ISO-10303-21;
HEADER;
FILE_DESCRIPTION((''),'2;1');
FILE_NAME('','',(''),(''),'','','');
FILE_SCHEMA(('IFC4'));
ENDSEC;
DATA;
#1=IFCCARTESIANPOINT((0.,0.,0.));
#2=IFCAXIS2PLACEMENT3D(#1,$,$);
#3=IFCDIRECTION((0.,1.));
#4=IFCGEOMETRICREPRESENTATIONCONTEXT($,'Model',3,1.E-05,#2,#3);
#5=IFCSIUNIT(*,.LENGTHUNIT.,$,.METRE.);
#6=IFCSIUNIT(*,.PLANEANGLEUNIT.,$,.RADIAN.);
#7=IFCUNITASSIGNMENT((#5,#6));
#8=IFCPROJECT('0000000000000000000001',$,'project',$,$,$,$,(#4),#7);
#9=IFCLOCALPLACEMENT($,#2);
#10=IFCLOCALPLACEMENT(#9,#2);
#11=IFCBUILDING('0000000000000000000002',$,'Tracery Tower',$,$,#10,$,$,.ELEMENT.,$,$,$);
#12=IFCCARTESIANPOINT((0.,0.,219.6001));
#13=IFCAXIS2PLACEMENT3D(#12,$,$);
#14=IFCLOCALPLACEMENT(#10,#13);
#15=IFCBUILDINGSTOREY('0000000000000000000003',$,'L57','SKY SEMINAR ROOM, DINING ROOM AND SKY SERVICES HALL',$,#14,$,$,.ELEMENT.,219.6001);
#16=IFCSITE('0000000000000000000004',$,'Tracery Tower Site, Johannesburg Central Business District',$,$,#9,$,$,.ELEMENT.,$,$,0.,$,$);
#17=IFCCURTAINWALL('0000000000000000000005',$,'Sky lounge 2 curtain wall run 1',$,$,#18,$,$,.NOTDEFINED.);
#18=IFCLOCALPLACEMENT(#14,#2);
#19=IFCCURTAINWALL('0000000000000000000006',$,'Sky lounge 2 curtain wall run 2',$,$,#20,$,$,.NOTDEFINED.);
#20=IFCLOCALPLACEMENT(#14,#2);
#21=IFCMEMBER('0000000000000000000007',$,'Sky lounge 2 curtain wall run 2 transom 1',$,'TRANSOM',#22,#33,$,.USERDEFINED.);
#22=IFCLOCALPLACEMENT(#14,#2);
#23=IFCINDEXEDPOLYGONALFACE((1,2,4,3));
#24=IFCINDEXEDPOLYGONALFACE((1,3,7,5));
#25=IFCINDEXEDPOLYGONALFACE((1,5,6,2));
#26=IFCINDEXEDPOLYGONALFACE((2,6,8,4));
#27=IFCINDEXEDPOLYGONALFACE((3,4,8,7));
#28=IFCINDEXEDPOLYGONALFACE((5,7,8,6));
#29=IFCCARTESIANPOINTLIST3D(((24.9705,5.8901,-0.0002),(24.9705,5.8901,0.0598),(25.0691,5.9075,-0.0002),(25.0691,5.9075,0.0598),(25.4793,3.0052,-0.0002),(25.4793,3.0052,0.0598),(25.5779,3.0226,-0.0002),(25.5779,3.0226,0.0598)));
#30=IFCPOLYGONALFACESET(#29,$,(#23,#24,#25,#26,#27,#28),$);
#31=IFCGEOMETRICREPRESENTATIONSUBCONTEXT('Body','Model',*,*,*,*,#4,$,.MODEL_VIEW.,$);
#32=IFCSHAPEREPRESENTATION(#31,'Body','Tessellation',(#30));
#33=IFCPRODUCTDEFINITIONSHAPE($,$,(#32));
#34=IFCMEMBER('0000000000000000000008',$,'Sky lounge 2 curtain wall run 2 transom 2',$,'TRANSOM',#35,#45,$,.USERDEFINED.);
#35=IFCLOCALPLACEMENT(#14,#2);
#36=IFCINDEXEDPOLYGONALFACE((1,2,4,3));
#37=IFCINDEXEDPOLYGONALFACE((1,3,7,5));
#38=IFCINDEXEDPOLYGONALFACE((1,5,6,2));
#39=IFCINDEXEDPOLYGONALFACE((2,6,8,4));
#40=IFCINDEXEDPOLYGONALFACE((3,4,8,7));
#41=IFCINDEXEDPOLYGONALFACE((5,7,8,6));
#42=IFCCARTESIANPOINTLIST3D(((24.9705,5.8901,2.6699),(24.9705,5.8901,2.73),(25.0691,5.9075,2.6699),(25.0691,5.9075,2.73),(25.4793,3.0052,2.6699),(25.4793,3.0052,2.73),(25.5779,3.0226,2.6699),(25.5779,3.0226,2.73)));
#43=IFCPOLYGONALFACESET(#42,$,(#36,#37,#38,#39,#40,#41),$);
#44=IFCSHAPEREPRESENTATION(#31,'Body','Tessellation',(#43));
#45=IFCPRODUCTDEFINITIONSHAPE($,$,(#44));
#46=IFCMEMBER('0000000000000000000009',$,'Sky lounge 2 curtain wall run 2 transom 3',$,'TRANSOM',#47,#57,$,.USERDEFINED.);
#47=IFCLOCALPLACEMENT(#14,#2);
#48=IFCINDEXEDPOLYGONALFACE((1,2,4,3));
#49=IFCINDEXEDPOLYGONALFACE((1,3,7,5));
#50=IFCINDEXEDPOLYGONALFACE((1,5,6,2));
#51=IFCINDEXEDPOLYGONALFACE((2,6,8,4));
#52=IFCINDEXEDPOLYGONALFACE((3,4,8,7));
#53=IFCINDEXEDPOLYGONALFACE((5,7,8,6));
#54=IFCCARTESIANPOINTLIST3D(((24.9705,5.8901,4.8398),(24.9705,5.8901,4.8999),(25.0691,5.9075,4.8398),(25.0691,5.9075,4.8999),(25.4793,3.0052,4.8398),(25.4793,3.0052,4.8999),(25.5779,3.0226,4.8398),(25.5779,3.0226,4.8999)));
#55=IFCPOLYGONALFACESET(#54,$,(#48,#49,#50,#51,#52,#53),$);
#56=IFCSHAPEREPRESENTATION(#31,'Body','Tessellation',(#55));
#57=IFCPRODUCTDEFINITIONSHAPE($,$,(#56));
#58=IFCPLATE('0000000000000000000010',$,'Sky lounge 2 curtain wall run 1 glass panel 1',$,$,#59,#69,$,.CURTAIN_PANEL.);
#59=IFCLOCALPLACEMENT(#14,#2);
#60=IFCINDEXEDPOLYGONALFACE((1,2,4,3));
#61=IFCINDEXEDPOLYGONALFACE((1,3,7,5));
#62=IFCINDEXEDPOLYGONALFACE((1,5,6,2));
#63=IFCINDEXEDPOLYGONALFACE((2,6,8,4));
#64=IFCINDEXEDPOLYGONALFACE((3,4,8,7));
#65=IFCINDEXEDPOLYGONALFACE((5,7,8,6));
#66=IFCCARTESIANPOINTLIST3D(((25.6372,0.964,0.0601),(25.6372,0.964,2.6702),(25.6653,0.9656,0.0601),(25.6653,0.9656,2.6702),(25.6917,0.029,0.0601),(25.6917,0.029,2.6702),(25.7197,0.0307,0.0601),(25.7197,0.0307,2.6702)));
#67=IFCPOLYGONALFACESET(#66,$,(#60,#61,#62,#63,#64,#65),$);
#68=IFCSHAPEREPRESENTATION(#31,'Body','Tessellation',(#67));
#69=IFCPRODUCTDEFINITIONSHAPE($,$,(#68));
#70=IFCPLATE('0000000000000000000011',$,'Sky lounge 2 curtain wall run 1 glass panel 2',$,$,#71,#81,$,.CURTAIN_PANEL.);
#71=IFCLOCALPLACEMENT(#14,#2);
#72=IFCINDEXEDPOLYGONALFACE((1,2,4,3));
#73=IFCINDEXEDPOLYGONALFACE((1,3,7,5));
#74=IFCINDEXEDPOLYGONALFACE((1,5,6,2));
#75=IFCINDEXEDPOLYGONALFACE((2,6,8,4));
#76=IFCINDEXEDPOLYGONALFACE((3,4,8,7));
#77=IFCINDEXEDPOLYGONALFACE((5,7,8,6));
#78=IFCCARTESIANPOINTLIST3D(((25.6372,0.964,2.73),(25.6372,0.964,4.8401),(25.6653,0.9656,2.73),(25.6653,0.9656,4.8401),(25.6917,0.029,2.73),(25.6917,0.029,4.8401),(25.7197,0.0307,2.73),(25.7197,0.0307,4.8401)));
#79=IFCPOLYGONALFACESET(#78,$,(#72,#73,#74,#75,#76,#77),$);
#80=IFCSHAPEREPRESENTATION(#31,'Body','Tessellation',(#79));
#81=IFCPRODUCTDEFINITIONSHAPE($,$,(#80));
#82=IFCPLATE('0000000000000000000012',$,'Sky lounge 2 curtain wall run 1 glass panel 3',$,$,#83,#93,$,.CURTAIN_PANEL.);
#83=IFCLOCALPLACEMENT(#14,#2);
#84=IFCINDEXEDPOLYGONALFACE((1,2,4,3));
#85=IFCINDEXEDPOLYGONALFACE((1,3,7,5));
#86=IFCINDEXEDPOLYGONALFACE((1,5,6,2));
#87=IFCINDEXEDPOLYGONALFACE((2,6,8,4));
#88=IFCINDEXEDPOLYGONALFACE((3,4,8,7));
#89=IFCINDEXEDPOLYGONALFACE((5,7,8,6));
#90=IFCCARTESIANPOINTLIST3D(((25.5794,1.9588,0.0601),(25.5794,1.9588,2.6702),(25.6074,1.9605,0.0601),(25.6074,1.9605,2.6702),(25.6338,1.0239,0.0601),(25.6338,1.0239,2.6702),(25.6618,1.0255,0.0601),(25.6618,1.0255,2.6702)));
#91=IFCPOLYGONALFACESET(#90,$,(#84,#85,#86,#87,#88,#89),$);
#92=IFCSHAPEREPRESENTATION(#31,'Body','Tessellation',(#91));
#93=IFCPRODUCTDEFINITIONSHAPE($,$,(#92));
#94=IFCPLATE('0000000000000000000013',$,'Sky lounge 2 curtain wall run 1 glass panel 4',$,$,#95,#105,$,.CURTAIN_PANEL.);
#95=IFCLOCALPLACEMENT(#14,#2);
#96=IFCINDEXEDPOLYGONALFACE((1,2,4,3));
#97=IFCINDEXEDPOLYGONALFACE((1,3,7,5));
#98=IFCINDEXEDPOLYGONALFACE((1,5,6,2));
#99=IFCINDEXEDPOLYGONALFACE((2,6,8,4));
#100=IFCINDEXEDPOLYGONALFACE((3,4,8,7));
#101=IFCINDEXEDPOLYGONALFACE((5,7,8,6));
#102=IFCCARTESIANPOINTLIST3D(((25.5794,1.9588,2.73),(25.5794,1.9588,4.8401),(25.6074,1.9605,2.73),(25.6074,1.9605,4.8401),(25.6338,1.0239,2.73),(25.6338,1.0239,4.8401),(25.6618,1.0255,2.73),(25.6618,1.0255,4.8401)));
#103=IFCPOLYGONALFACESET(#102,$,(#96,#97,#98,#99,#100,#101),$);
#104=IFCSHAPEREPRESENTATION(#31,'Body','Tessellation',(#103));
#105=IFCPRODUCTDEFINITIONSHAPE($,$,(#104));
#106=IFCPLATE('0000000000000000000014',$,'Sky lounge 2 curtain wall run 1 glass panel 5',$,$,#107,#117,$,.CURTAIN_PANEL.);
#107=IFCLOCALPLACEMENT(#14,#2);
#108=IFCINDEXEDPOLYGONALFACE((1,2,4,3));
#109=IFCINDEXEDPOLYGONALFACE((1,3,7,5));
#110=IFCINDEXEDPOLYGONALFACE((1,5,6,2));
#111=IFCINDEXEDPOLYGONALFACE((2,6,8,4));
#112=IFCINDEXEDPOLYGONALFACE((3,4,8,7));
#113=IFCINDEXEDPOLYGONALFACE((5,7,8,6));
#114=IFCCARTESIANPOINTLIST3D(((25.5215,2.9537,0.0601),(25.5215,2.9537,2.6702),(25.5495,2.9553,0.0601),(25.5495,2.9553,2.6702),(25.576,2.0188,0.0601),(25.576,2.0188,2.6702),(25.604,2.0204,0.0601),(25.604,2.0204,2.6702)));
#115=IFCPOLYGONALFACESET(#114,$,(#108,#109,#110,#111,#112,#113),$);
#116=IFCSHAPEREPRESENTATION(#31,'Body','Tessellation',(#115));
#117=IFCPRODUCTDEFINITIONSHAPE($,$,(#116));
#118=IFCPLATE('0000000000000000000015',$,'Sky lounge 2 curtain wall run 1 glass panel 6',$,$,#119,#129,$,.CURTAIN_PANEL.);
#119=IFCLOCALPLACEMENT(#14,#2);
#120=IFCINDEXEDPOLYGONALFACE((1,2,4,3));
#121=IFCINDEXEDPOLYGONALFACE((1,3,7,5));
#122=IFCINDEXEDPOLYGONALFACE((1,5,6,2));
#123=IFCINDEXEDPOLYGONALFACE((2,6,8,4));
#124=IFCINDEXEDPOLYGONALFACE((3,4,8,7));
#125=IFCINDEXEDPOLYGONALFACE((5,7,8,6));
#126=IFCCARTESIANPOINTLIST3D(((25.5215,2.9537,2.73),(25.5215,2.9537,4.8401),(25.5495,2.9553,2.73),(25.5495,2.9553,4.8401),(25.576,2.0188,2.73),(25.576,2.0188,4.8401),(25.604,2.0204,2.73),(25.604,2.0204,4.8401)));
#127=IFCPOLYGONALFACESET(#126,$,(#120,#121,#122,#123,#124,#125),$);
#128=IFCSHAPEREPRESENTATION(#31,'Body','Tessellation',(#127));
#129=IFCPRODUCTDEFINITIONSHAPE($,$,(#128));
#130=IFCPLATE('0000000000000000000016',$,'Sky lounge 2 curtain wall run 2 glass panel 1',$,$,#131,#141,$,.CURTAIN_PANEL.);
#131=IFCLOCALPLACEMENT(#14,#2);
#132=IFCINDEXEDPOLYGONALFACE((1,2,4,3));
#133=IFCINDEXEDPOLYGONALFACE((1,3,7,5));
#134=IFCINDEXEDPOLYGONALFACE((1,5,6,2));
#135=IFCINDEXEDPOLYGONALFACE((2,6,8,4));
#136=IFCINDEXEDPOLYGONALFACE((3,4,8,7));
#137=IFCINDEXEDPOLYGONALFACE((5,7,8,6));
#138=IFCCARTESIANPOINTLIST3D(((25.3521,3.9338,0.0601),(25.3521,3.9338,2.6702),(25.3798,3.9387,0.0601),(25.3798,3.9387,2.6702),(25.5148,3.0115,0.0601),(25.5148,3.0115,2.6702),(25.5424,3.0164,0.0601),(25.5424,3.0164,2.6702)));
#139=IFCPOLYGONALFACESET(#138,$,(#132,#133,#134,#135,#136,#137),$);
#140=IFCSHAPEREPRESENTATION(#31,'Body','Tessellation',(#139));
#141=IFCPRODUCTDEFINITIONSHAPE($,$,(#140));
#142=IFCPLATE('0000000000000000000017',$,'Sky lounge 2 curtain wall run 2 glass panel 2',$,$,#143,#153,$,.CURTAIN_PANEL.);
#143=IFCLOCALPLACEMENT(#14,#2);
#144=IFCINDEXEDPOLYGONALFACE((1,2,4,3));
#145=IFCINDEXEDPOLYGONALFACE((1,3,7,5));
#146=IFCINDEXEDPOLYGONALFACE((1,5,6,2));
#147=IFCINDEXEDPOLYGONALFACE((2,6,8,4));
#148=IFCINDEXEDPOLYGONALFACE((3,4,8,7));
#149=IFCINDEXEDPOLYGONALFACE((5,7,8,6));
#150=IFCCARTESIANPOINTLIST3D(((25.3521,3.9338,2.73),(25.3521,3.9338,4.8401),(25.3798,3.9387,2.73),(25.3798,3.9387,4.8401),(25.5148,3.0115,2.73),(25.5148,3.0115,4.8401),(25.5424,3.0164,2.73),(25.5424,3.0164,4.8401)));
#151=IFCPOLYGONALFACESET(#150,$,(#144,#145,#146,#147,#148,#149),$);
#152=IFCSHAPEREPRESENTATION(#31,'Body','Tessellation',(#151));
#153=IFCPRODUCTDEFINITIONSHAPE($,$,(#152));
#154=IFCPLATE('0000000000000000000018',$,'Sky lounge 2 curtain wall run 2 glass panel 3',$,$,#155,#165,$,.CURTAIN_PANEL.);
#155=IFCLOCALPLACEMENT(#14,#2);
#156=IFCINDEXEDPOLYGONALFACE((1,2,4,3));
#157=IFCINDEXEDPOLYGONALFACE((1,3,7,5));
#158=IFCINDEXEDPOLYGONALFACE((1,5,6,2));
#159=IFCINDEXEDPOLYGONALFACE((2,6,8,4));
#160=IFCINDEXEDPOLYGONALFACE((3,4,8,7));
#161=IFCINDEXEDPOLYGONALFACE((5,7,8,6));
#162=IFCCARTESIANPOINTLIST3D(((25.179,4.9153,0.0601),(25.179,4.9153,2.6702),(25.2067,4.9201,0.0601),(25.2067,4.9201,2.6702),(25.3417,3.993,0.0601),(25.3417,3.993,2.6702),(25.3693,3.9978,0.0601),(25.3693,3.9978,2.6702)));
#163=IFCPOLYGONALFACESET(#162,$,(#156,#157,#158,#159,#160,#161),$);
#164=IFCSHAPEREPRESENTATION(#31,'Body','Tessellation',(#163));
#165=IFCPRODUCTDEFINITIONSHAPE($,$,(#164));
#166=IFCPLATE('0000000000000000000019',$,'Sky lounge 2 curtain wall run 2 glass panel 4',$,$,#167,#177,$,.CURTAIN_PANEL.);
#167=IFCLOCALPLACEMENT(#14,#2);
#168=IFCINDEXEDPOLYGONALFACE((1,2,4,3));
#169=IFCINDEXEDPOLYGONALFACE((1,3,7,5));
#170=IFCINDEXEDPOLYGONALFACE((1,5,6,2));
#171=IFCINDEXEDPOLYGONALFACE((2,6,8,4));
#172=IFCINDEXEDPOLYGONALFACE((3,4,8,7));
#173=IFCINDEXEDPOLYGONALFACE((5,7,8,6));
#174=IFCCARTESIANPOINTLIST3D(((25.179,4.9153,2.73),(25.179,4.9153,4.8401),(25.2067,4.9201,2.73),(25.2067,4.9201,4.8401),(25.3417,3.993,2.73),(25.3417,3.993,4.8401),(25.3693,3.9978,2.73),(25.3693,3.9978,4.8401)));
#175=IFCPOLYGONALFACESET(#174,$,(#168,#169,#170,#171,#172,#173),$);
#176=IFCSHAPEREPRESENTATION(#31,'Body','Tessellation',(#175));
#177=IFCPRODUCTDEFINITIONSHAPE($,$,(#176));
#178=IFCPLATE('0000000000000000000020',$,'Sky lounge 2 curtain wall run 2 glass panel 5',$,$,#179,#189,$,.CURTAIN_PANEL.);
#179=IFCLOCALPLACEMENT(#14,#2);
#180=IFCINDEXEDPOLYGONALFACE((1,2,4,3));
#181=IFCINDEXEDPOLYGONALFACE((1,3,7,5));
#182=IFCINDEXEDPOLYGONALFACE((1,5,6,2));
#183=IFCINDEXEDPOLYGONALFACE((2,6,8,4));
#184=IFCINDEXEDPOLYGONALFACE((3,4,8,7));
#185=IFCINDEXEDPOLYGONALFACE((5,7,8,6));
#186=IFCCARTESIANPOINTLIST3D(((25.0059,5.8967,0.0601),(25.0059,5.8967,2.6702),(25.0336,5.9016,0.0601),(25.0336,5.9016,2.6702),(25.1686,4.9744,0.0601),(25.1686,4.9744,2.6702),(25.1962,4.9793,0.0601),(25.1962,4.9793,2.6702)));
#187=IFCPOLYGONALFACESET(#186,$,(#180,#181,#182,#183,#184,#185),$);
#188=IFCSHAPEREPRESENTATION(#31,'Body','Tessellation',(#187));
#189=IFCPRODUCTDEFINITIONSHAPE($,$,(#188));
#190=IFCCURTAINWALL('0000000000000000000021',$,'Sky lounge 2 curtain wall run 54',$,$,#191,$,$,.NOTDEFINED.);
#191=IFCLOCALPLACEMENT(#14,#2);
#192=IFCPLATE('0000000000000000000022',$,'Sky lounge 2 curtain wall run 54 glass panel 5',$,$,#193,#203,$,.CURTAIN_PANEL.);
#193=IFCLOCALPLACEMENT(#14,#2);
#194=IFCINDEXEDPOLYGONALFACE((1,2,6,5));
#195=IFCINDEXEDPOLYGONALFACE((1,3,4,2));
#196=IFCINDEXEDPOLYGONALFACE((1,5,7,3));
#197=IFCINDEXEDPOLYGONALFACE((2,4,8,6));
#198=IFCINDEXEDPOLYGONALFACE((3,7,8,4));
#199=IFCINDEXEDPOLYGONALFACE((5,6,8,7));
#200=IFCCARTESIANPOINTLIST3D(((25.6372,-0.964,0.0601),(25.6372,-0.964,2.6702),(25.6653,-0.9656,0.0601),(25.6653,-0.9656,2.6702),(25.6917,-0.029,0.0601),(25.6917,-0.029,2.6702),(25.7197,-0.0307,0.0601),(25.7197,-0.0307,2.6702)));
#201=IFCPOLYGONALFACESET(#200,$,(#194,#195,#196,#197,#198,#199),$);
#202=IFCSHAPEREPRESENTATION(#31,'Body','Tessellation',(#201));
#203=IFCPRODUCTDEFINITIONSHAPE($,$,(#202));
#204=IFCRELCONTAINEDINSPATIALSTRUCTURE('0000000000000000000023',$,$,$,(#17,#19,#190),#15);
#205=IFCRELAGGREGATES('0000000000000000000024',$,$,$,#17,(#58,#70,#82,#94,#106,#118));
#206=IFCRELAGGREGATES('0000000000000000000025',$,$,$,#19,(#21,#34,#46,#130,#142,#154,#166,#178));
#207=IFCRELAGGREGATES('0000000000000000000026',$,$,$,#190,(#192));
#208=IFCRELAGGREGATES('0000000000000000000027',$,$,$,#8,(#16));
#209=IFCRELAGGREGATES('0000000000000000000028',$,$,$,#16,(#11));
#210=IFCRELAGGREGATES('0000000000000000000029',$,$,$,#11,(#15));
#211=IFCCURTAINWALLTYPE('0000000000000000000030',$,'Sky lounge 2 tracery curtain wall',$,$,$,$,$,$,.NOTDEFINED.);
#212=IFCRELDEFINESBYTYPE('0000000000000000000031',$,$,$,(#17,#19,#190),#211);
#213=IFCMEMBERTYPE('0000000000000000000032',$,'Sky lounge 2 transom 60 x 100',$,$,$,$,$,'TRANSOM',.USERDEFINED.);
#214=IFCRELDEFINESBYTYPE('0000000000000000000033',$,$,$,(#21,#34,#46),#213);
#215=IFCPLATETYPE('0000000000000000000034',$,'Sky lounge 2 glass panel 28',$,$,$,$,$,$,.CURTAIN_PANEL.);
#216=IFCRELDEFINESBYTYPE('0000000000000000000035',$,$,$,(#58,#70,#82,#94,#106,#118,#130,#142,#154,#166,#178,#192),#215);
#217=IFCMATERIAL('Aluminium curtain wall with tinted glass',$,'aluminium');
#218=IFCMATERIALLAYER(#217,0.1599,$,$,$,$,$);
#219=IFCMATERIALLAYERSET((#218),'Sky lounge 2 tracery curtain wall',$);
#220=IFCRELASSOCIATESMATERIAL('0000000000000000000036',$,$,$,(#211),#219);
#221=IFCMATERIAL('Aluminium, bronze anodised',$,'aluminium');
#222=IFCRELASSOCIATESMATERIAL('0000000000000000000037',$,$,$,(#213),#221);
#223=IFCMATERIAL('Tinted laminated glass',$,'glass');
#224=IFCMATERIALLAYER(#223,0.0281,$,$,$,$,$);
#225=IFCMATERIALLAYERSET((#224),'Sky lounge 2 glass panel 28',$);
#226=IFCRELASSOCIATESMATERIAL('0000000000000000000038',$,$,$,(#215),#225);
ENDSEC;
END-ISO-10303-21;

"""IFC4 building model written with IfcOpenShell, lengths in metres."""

from ifc_helpers import new_model, si_unit, direction, frame, origin, origin_2d, place, context, subcontext, project, spatial, rectangle, extrude, material, layer, layer_set, material_profile, profile_set, type_object, element, aggregate, save


model = new_model("IFC4")

# Units and contexts
model_context = context("Model", 3, precision=1e-05, world=origin(), true_north=direction((0.0, 1.0)))
body_context = subcontext(model_context, "Body", "Model", "MODEL_VIEW")
ifc_project = project(units=[si_unit("LENGTHUNIT", "METRE"), si_unit("PLANEANGLEUNIT", "RADIAN")], contexts=[model_context])

# Site, building, storey
site_placement = place(None, origin())
site = spatial("IfcSite", under=ifc_project, at=site_placement, Name="Tracery Tower Site, Johannesburg Central Business District", CompositionType="ELEMENT", RefElevation=0.0)
building_placement = place(site_placement, origin())
building = spatial("IfcBuilding", under=site, at=building_placement, Name="Tracery Tower", CompositionType="ELEMENT")
storey_placement = place(building_placement, frame((0.0, 0.0, 219.6001)))
storey = spatial("IfcBuildingStorey", under=building, at=storey_placement, Name="L57", Description="SKY SEMINAR ROOM, DINING ROOM AND SKY SERVICES HALL", CompositionType="ELEMENT", Elevation=219.6001)

# Curtain walls
ifc_material_1 = material(Name="Aluminium curtain wall with tinted glass", Category="aluminium")
ifc_layer_1 = layer(ifc_material_1, 0.1599)
ifc_layer_set_1 = layer_set([ifc_layer_1], Name="Sky lounge 2 tracery curtain wall")
curtain_wall_type = type_object("IfcCurtainWallType", Name="Sky lounge 2 tracery curtain wall", PredefinedType="NOTDEFINED", material=ifc_layer_set_1)
curtain_wall_1_placement = place(storey_placement, origin())
curtain_wall_1 = element("IfcCurtainWall", 1, at=curtain_wall_1_placement, inside=storey, type_object=curtain_wall_type, Name="Sky lounge 2 curtain wall run 1", PredefinedType="NOTDEFINED")
curtain_wall_2_placement = place(storey_placement, origin())
curtain_wall_2 = element("IfcCurtainWall", 2, at=curtain_wall_2_placement, inside=storey, type_object=curtain_wall_type, Name="Sky lounge 2 curtain wall run 2", PredefinedType="NOTDEFINED")

# Members
ifc_material_2 = material(Name="Aluminium, bronze anodised", Category="aluminium")
ifc_material_profile_1 = material_profile(ifc_material_2, rectangle(XDim=0.1001, YDim=0.0601, at=origin_2d()), Name="AL 60x100")
ifc_profile_set_1 = profile_set([ifc_material_profile_1], Name="Aluminium, bronze anodised")
member_type_1 = type_object("IfcMemberType", Name="Sky lounge 2 transom 60 x 100", ElementType="TRANSOM", PredefinedType="USERDEFINED", material=ifc_profile_set_1)
member_1_placement = place(storey_placement, frame((25.5286, 3.0139, 0.0298), z_axis=(-0.173676, 0.984803, 0.0), x_axis=(-0.984803, -0.173676, 0.0)))
member_1 = element("IfcMember", 3, at=member_1_placement, type_object=member_type_1, Name="Sky lounge 2 curtain wall run 2 transom 1", ObjectType="TRANSOM", PredefinedType="USERDEFINED", context=body_context, shape_type="SweptSolid", body=[
    extrude(rectangle(XDim=0.1001, YDim=0.0601, at=origin_2d()), origin(), (0.0, 0.0, 1.0), 2.9294),
])
member_2_placement = place(storey_placement, frame((25.5286, 3.0139, 2.7), z_axis=(-0.173676, 0.984803, 0.0), x_axis=(-0.984803, -0.173676, 0.0)))
member_2 = element("IfcMember", 4, at=member_2_placement, type_object=member_type_1, Name="Sky lounge 2 curtain wall run 2 transom 2", ObjectType="TRANSOM", PredefinedType="USERDEFINED", context=body_context, shape_type="SweptSolid", body=[
    extrude(rectangle(XDim=0.1001, YDim=0.0601, at=origin_2d()), origin(), (0.0, 0.0, 1.0), 2.9294),
])
member_3_placement = place(storey_placement, frame((25.5286, 3.0139, 4.8699), z_axis=(-0.173676, 0.984803, 0.0), x_axis=(-0.984803, -0.173676, 0.0)))
member_3 = element("IfcMember", 5, at=member_3_placement, type_object=member_type_1, Name="Sky lounge 2 curtain wall run 2 transom 3", ObjectType="TRANSOM", PredefinedType="USERDEFINED", context=body_context, shape_type="SweptSolid", body=[
    extrude(rectangle(XDim=0.1001, YDim=0.0601, at=origin_2d()), origin(), (0.0, 0.0, 1.0), 2.9294),
])

# Plates
ifc_material_3 = material(Name="Tinted laminated glass", Category="glass")
ifc_layer_2 = layer(ifc_material_3, 0.0281)
ifc_layer_set_2 = layer_set([ifc_layer_2], Name="Sky lounge 2 glass panel 28")
plate_type = type_object("IfcPlateType", Name="Sky lounge 2 glass panel 28", PredefinedType="CURTAIN_PANEL", material=ifc_layer_set_2)
plate_1_placement = place(storey_placement, frame((25.6785, 0.4973, 0.0601), z_axis=(0.0, 0.0, 1.0), x_axis=(-0.058145, 0.998308, 0.0)))
plate_1 = element("IfcPlate", 6, at=plate_1_placement, type_object=plate_type, Name="Sky lounge 2 curtain wall run 1 glass panel 1", PredefinedType="CURTAIN_PANEL", context=body_context, shape_type="SweptSolid", body=[
    extrude(rectangle(XDim=0.9365, YDim=0.0281, at=origin_2d()), origin(), (0.0, 0.0, 1.0), 2.6101),
])
plate_2_placement = place(storey_placement, frame((25.6785, 0.4973, 2.73), z_axis=(0.0, 0.0, 1.0), x_axis=(-0.058145, 0.998308, 0.0)))
plate_2 = element("IfcPlate", 7, at=plate_2_placement, type_object=plate_type, Name="Sky lounge 2 curtain wall run 1 glass panel 2", PredefinedType="CURTAIN_PANEL", context=body_context, shape_type="SweptSolid", body=[
    extrude(rectangle(XDim=0.9365, YDim=0.0281, at=origin_2d()), origin(), (0.0, 0.0, 1.0), 2.1101),
])
plate_3_placement = place(storey_placement, frame((25.6206, 1.4922, 0.0601), z_axis=(0.0, 0.0, 1.0), x_axis=(-0.058145, 0.998308, 0.0)))
plate_3 = element("IfcPlate", 8, at=plate_3_placement, type_object=plate_type, Name="Sky lounge 2 curtain wall run 1 glass panel 3", PredefinedType="CURTAIN_PANEL", context=body_context, shape_type="SweptSolid", body=[
    extrude(rectangle(XDim=0.9365, YDim=0.0281, at=origin_2d()), origin(), (0.0, 0.0, 1.0), 2.6101),
])
plate_4_placement = place(storey_placement, frame((25.6206, 1.4922, 2.73), z_axis=(0.0, 0.0, 1.0), x_axis=(-0.058145, 0.998308, 0.0)))
plate_4 = element("IfcPlate", 9, at=plate_4_placement, type_object=plate_type, Name="Sky lounge 2 curtain wall run 1 glass panel 4", PredefinedType="CURTAIN_PANEL", context=body_context, shape_type="SweptSolid", body=[
    extrude(rectangle(XDim=0.9365, YDim=0.0281, at=origin_2d()), origin(), (0.0, 0.0, 1.0), 2.1101),
])
plate_5_placement = place(storey_placement, frame((25.5627, 2.4871, 0.0601), z_axis=(0.0, 0.0, 1.0), x_axis=(-0.058145, 0.998308, 0.0)))
plate_5 = element("IfcPlate", 10, at=plate_5_placement, type_object=plate_type, Name="Sky lounge 2 curtain wall run 1 glass panel 5", PredefinedType="CURTAIN_PANEL", context=body_context, shape_type="SweptSolid", body=[
    extrude(rectangle(XDim=0.9365, YDim=0.0281, at=origin_2d()), origin(), (0.0, 0.0, 1.0), 2.6101),
])
plate_6_placement = place(storey_placement, frame((25.5627, 2.4871, 2.73), z_axis=(0.0, 0.0, 1.0), x_axis=(-0.058145, 0.998308, 0.0)))
plate_6 = element("IfcPlate", 11, at=plate_6_placement, type_object=plate_type, Name="Sky lounge 2 curtain wall run 1 glass panel 6", PredefinedType="CURTAIN_PANEL", context=body_context, shape_type="SweptSolid", body=[
    extrude(rectangle(XDim=0.9365, YDim=0.0281, at=origin_2d()), origin(), (0.0, 0.0, 1.0), 2.1101),
])
aggregate(curtain_wall_1, [plate_1, plate_2, plate_3, plate_4, plate_5, plate_6])
plate_7_placement = place(storey_placement, frame((25.4473, 3.4751, 0.0601), z_axis=(0.0, 0.0, 1.0), x_axis=(-0.173648, 0.984808, 0.0)))
plate_7 = element("IfcPlate", 12, at=plate_7_placement, type_object=plate_type, Name="Sky lounge 2 curtain wall run 2 glass panel 1", PredefinedType="CURTAIN_PANEL", context=body_context, shape_type="SweptSolid", body=[
    extrude(rectangle(XDim=0.9365, YDim=0.0281, at=origin_2d()), origin(), (0.0, 0.0, 1.0), 2.6101),
])
plate_8_placement = place(storey_placement, frame((25.4473, 3.4751, 2.73), z_axis=(0.0, 0.0, 1.0), x_axis=(-0.173648, 0.984808, 0.0)))
plate_8 = element("IfcPlate", 13, at=plate_8_placement, type_object=plate_type, Name="Sky lounge 2 curtain wall run 2 glass panel 2", PredefinedType="CURTAIN_PANEL", context=body_context, shape_type="SweptSolid", body=[
    extrude(rectangle(XDim=0.9365, YDim=0.0281, at=origin_2d()), origin(), (0.0, 0.0, 1.0), 2.1101),
])
plate_9_placement = place(storey_placement, frame((25.2742, 4.4565, 0.0601), z_axis=(0.0, 0.0, 1.0), x_axis=(-0.173648, 0.984808, 0.0)))
plate_9 = element("IfcPlate", 14, at=plate_9_placement, type_object=plate_type, Name="Sky lounge 2 curtain wall run 2 glass panel 3", PredefinedType="CURTAIN_PANEL", context=body_context, shape_type="SweptSolid", body=[
    extrude(rectangle(XDim=0.9365, YDim=0.0281, at=origin_2d()), origin(), (0.0, 0.0, 1.0), 2.6101),
])
plate_10_placement = place(storey_placement, frame((25.2742, 4.4565, 2.73), z_axis=(0.0, 0.0, 1.0), x_axis=(-0.173648, 0.984808, 0.0)))
plate_10 = element("IfcPlate", 15, at=plate_10_placement, type_object=plate_type, Name="Sky lounge 2 curtain wall run 2 glass panel 4", PredefinedType="CURTAIN_PANEL", context=body_context, shape_type="SweptSolid", body=[
    extrude(rectangle(XDim=0.9365, YDim=0.0281, at=origin_2d()), origin(), (0.0, 0.0, 1.0), 2.1101),
])
plate_11_placement = place(storey_placement, frame((25.1011, 5.438, 0.0601), z_axis=(0.0, 0.0, 1.0), x_axis=(-0.173648, 0.984808, 0.0)))
plate_11 = element("IfcPlate", 16, at=plate_11_placement, type_object=plate_type, Name="Sky lounge 2 curtain wall run 2 glass panel 5", PredefinedType="CURTAIN_PANEL", context=body_context, shape_type="SweptSolid", body=[
    extrude(rectangle(XDim=0.9365, YDim=0.0281, at=origin_2d()), origin(), (0.0, 0.0, 1.0), 2.6101),
])
aggregate(curtain_wall_2, [member_1, member_2, member_3, plate_7, plate_8, plate_9, plate_10, plate_11])

# Curtain wall, plate
curtain_wall_3_placement = place(storey_placement, origin())
curtain_wall_3 = element("IfcCurtainWall", 17, at=curtain_wall_3_placement, inside=storey, type_object=curtain_wall_type, Name="Sky lounge 2 curtain wall run 54", PredefinedType="NOTDEFINED")
plate_12_placement = place(storey_placement, frame((25.6785, -0.4973, 0.0601), z_axis=(0.0, 0.0, 1.0), x_axis=(0.058145, 0.998308, 0.0)))
plate_12 = element("IfcPlate", 18, at=plate_12_placement, type_object=plate_type, Name="Sky lounge 2 curtain wall run 54 glass panel 5", PredefinedType="CURTAIN_PANEL", context=body_context, shape_type="SweptSolid", body=[
    extrude(rectangle(XDim=0.9365, YDim=0.0281, at=origin_2d()), origin(), (0.0, 0.0, 1.0), 2.6101),
])
aggregate(curtain_wall_3, [plate_12])

save(model, "model.ifc")
